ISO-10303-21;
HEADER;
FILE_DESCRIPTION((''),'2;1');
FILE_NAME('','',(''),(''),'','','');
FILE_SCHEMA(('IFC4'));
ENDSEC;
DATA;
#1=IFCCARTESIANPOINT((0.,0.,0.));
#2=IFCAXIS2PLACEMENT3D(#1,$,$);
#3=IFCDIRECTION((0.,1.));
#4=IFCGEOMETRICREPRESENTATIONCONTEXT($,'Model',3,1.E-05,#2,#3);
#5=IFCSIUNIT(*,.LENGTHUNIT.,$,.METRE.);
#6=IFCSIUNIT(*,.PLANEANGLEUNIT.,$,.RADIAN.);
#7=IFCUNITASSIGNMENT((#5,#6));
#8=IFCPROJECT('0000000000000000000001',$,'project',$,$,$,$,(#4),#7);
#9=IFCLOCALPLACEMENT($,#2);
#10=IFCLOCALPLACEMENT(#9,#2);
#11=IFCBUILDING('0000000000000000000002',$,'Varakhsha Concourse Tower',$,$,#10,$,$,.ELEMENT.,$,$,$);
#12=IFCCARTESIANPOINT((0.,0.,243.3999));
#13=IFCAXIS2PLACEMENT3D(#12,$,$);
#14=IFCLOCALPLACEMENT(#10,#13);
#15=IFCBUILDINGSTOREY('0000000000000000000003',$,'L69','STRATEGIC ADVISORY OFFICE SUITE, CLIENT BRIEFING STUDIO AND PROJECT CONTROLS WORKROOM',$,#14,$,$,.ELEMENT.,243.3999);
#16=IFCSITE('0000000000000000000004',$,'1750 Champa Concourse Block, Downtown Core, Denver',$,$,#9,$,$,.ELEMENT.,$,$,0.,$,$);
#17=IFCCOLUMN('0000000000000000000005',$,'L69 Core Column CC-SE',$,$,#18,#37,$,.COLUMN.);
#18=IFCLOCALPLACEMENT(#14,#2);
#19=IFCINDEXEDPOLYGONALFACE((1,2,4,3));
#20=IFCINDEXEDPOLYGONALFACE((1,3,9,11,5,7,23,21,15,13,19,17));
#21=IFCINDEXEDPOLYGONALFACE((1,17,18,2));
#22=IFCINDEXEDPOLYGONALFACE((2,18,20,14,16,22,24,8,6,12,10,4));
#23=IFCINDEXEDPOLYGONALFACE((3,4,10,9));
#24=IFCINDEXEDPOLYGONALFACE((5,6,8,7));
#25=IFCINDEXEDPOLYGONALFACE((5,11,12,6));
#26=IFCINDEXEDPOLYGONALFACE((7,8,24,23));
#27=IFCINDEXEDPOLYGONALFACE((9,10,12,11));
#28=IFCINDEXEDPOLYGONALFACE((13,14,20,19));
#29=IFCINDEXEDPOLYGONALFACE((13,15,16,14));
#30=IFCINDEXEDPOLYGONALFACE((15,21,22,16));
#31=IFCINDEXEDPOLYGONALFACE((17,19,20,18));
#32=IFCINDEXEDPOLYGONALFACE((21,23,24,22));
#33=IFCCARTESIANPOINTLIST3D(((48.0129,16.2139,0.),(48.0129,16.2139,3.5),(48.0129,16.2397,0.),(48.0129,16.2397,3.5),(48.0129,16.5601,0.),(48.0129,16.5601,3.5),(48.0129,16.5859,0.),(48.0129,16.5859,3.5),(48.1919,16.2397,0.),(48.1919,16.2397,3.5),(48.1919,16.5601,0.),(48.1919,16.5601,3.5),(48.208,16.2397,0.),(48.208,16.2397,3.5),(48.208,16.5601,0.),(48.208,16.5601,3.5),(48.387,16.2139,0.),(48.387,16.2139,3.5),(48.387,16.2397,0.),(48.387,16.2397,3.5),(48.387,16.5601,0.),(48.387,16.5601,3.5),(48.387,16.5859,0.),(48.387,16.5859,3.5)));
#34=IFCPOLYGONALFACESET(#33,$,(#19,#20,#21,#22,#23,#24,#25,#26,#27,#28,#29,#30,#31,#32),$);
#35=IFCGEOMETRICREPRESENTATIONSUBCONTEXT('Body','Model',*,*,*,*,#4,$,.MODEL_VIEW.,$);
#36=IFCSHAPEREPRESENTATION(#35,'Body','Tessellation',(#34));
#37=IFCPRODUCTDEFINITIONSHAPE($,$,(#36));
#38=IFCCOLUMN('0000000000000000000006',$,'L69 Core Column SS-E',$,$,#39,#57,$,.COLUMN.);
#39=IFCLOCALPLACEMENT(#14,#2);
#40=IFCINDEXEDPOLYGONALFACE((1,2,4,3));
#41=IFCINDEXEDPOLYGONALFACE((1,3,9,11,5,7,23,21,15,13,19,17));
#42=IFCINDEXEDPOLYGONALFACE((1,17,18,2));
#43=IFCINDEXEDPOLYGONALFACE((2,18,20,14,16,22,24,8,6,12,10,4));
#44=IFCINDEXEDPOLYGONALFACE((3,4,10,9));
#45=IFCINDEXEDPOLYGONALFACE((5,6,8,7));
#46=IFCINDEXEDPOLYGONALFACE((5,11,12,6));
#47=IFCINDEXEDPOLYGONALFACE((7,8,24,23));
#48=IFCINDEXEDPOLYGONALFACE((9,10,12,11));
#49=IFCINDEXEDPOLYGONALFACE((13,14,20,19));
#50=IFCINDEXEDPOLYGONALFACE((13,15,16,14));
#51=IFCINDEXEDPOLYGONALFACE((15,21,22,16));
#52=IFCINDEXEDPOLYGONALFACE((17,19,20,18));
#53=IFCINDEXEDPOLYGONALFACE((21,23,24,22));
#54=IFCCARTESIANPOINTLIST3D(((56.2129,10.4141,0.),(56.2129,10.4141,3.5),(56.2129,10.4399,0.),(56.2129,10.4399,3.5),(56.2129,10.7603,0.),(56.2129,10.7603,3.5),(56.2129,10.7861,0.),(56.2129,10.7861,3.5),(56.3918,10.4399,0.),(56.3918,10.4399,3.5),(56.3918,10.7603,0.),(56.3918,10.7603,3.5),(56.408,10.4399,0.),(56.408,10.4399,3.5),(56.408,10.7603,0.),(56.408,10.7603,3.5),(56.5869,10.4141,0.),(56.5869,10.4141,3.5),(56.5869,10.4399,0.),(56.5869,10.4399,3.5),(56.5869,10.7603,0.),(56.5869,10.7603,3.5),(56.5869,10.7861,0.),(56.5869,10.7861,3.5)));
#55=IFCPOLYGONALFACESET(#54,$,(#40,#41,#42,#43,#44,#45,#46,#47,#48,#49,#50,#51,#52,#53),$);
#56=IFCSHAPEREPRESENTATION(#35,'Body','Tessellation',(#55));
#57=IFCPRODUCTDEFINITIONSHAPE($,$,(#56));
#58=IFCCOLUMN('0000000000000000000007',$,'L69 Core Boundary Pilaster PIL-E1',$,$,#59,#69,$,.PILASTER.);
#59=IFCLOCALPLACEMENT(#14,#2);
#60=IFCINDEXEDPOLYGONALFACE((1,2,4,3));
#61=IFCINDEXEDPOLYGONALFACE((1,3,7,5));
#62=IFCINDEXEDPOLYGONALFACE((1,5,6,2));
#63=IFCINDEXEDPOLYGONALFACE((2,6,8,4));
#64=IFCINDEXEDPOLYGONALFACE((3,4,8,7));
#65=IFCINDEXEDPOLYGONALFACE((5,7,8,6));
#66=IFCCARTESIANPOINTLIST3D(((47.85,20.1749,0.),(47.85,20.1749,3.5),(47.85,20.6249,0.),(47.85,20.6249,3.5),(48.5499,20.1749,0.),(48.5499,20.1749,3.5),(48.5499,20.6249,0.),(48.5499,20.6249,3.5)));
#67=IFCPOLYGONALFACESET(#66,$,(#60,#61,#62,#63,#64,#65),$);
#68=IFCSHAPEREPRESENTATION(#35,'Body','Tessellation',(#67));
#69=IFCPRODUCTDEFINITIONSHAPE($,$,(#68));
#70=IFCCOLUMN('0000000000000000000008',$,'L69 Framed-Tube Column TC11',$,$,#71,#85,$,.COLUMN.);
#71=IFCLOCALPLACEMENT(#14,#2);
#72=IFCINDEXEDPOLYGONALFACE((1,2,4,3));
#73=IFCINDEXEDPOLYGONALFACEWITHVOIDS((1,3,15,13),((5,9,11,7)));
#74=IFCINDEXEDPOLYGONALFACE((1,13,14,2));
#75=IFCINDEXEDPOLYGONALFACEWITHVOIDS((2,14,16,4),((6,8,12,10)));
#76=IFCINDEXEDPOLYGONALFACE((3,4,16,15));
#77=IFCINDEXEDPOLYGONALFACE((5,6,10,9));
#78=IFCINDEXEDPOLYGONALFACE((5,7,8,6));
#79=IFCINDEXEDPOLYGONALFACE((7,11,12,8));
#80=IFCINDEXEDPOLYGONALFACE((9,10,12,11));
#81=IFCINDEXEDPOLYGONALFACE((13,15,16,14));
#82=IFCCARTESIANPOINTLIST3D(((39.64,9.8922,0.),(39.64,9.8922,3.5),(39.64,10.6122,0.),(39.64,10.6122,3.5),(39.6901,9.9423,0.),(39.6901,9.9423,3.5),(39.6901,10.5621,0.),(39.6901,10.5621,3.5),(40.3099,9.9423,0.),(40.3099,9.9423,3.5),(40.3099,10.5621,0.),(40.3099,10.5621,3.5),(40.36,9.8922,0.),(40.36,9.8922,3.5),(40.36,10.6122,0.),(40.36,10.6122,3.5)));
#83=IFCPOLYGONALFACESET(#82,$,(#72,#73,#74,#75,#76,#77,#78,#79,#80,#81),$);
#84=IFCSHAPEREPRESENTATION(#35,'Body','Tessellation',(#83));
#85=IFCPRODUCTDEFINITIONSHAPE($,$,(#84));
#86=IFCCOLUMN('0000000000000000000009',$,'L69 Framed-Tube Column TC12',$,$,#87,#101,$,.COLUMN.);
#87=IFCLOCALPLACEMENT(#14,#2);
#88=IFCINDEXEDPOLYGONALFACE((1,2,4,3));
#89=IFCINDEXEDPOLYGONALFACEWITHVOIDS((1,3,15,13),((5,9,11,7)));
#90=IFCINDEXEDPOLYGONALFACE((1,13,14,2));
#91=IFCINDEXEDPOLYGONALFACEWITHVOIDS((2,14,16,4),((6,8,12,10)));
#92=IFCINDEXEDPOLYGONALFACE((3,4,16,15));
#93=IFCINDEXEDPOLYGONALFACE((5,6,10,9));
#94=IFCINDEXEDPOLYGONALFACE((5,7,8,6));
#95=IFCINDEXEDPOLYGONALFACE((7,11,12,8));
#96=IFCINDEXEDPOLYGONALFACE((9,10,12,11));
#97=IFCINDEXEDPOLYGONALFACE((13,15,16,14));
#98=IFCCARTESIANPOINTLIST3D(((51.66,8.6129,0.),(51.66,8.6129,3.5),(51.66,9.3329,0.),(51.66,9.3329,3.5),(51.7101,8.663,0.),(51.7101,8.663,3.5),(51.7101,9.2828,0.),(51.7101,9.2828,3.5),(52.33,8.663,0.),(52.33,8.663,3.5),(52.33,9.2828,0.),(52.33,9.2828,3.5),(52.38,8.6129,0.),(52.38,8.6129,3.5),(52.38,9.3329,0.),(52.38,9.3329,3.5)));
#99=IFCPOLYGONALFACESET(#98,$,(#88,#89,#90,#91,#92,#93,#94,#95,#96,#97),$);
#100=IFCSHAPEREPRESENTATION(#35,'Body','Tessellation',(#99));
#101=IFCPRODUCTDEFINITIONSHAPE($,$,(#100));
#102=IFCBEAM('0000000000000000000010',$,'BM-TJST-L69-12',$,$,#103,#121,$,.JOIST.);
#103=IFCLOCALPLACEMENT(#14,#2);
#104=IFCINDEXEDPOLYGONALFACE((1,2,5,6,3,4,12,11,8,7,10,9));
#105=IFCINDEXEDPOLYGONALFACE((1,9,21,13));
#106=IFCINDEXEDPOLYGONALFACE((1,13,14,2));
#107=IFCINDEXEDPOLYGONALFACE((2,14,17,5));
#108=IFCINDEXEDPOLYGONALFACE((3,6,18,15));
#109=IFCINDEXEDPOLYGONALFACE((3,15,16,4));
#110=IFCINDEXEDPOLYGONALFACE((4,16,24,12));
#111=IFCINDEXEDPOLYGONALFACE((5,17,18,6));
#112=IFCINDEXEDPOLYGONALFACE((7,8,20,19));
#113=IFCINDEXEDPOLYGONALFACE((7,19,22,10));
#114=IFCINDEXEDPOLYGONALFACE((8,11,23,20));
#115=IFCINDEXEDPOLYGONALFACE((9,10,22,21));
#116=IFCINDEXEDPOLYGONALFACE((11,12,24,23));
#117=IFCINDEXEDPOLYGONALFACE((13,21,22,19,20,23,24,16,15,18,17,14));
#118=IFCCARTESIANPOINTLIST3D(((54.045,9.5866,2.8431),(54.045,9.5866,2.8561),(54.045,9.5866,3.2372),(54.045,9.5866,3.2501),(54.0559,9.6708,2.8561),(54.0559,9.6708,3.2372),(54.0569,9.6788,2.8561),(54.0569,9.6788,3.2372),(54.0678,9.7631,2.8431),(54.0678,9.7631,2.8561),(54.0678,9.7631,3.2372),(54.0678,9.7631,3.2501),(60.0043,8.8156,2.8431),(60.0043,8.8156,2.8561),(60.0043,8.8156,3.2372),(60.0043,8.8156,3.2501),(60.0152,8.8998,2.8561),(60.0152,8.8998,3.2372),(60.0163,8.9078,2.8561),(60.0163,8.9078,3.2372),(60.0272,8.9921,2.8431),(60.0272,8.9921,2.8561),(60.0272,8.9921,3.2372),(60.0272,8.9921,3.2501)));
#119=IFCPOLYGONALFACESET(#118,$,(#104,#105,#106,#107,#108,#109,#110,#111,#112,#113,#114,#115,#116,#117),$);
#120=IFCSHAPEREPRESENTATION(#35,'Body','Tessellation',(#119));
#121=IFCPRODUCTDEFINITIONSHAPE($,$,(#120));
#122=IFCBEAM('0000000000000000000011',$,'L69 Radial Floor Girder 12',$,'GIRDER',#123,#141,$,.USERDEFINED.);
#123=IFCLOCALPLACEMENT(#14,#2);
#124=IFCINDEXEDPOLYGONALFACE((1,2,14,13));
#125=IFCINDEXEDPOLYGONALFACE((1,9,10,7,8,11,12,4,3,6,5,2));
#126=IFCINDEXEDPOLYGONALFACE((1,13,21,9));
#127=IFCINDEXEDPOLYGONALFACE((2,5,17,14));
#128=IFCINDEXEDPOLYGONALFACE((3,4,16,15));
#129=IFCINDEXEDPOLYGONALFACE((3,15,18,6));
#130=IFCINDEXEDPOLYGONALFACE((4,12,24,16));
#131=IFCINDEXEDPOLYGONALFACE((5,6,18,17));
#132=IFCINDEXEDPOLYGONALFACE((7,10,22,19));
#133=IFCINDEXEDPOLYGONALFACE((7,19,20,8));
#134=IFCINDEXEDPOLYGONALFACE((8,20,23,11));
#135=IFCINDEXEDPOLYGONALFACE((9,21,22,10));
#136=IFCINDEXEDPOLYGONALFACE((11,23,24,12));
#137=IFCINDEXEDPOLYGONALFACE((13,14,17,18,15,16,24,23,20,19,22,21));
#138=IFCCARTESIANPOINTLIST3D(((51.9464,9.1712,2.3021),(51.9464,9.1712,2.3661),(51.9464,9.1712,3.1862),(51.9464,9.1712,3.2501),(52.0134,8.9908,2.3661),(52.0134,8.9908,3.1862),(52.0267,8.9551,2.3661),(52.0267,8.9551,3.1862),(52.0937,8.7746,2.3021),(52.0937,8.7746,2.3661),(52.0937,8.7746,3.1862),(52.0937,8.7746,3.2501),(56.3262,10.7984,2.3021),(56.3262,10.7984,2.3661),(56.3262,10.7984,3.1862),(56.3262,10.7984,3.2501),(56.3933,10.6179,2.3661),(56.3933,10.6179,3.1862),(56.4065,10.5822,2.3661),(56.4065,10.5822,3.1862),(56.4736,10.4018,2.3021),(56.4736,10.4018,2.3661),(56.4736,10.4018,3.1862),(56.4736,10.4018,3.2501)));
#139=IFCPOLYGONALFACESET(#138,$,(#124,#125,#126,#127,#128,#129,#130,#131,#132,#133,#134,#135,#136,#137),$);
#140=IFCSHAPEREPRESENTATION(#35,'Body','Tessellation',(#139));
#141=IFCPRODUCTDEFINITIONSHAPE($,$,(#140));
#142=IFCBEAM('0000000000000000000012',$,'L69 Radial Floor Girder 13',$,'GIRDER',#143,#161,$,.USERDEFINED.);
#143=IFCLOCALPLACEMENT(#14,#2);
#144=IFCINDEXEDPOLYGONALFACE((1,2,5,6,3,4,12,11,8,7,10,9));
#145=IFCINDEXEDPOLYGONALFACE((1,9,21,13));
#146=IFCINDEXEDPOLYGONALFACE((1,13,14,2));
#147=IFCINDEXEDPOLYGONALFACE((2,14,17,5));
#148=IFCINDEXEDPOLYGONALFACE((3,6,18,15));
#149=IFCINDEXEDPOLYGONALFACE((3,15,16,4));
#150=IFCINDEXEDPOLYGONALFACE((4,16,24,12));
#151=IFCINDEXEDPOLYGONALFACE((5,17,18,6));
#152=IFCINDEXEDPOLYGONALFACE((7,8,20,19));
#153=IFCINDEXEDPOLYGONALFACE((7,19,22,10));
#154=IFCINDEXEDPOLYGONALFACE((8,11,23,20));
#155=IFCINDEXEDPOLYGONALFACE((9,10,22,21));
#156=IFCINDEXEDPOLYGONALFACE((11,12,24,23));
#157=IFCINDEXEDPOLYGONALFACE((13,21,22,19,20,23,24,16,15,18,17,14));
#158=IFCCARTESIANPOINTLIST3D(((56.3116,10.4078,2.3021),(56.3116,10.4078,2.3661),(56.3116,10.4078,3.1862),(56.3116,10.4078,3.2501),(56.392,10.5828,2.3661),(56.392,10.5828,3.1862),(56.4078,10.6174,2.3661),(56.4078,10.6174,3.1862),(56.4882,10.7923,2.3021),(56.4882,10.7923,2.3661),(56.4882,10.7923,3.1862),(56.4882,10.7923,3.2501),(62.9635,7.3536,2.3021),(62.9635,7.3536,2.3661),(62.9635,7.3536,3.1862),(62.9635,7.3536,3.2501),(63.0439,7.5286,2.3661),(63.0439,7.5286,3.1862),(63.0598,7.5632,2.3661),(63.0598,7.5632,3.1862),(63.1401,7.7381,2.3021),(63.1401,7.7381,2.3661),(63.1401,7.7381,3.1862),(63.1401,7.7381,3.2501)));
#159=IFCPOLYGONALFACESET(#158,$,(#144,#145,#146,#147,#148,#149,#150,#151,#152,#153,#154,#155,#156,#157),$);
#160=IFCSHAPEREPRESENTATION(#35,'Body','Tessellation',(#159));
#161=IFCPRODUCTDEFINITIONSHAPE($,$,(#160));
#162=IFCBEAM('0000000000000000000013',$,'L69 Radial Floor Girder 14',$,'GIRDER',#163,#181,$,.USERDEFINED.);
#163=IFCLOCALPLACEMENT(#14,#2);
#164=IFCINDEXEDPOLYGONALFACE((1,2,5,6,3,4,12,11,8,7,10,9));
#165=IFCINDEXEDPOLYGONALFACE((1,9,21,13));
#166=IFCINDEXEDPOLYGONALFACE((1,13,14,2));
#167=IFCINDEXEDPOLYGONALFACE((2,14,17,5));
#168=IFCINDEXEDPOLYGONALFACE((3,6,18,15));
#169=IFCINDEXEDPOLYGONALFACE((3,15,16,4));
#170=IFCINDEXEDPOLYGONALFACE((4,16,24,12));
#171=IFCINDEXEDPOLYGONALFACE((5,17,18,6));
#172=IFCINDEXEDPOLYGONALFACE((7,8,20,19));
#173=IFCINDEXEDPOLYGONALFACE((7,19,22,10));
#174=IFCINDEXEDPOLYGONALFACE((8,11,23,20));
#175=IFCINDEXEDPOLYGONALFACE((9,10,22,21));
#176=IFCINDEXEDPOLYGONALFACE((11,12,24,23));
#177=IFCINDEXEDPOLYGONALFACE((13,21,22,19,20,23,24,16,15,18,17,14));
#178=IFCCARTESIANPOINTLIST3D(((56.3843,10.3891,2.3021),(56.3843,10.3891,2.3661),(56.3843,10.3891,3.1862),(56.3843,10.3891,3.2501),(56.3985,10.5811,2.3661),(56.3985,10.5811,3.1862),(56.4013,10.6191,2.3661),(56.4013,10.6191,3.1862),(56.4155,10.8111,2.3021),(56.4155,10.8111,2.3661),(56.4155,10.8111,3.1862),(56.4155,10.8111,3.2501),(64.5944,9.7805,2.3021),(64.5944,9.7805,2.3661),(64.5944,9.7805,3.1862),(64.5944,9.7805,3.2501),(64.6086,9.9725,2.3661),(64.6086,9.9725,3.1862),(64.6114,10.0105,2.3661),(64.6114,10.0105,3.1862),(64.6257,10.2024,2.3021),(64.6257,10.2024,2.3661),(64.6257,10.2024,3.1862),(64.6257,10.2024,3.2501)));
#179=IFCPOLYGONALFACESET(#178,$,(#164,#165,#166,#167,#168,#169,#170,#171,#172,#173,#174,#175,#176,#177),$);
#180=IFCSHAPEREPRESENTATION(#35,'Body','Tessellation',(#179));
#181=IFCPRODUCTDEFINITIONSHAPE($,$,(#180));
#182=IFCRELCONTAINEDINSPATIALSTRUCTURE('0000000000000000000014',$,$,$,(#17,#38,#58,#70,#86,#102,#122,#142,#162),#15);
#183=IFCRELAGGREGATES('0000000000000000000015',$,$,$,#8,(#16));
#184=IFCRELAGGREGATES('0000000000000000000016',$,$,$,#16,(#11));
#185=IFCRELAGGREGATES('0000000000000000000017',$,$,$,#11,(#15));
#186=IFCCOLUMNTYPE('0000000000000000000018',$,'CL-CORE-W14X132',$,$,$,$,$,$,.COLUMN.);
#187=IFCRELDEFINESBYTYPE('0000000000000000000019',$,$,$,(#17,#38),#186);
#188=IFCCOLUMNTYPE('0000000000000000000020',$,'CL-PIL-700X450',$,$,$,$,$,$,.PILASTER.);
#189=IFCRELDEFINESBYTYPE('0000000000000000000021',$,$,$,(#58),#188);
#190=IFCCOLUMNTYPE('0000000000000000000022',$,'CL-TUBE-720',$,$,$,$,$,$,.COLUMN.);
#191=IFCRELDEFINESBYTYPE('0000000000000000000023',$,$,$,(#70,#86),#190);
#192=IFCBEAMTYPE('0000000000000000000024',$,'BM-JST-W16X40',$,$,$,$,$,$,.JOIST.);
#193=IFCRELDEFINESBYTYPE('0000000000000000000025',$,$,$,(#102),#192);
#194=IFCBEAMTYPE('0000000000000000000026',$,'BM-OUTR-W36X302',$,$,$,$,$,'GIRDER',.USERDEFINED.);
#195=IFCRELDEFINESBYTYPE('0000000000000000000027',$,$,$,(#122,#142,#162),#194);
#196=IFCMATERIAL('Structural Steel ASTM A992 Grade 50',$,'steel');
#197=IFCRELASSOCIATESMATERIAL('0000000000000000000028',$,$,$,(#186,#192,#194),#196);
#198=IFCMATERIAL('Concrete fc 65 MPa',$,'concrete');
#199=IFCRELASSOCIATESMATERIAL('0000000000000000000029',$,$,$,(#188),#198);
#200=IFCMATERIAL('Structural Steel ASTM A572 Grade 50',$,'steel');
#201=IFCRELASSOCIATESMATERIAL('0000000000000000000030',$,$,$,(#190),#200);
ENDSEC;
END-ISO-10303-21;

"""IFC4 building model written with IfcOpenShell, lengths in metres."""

from ifc_helpers import new_model, si_unit, direction, frame, origin, origin_2d, place, context, subcontext, project, spatial, rectangle, hollow_rectangle, i_section, extrude, material, material_profile, profile_set, type_object, element, save


model = new_model("IFC4")

# Units and contexts
model_context = context("Model", 3, precision=1e-05, world=origin(), true_north=direction((0.0, 1.0)))
body_context = subcontext(model_context, "Body", "Model", "MODEL_VIEW")
ifc_project = project(units=[si_unit("LENGTHUNIT", "METRE"), si_unit("PLANEANGLEUNIT", "RADIAN")], contexts=[model_context])

# Site, building, storey
site_placement = place(None, origin())
site = spatial("IfcSite", under=ifc_project, at=site_placement, Name="1750 Champa Concourse Block, Downtown Core, Denver", CompositionType="ELEMENT", RefElevation=0.0)
building_placement = place(site_placement, origin())
building = spatial("IfcBuilding", under=site, at=building_placement, Name="Varakhsha Concourse Tower", CompositionType="ELEMENT")
storey_placement = place(building_placement, frame((0.0, 0.0, 243.3999)))
storey = spatial("IfcBuildingStorey", under=building, at=storey_placement, Name="L69", Description="STRATEGIC ADVISORY OFFICE SUITE, CLIENT BRIEFING STUDIO AND PROJECT CONTROLS WORKROOM", CompositionType="ELEMENT", Elevation=243.3999)

# Columns
ifc_material_1 = material(Name="Structural Steel ASTM A992 Grade 50", Category="steel")
ifc_material_profile_1 = material_profile(ifc_material_1, i_section(OverallWidth=0.374, OverallDepth=0.3721, WebThickness=0.0161, FlangeThickness=0.0259, at=origin_2d()), Name="W14X132")
ifc_profile_set_1 = profile_set([ifc_material_profile_1], Name="Structural Steel ASTM A992 Grade 50")
column_type_1 = type_object("IfcColumnType", Name="CL-CORE-W14X132", PredefinedType="COLUMN", material=ifc_profile_set_1)
for number, where, z_axis, x_axis, name in (
    (1, (48.2, 16.3999, 0.0), (0.0, 0.0, 1.0), (1.0, 0.0, 0.0), "L69 Core Column CC-SE"),
    (2, (56.3999, 10.6001, 0.0), (0.0, 0.0, 1.0), (1.0, 0.0, 0.0), "L69 Core Column SS-E"),
):
    element("IfcColumn", number, at=place(storey_placement, frame(where, z_axis=z_axis, x_axis=x_axis)), inside=storey, type_object=column_type_1, Name=name, PredefinedType="COLUMN", context=body_context, shape_type="SweptSolid", body=[
        extrude(i_section(OverallWidth=0.374, OverallDepth=0.3721, WebThickness=0.0161, FlangeThickness=0.0259, at=origin_2d()), origin(), (0.0, 0.0, 1.0), 3.5),
    ])
ifc_material_2 = material(Name="Concrete fc 65 MPa", Category="concrete")
ifc_material_profile_2 = material_profile(ifc_material_2, rectangle(XDim=0.7, YDim=0.45, at=origin_2d()), Name="RC 700x450")
ifc_profile_set_2 = profile_set([ifc_material_profile_2], Name="Concrete fc 65 MPa")
column_type_2 = type_object("IfcColumnType", Name="CL-PIL-700X450", PredefinedType="PILASTER", material=ifc_profile_set_2)
column_placement = place(storey_placement, frame((48.2, 20.3999, 0.0), z_axis=(0.0, 0.0, 1.0), x_axis=(1.0, 0.0, 0.0)))
element("IfcColumn", 3, at=column_placement, inside=storey, type_object=column_type_2, Name="L69 Core Boundary Pilaster PIL-E1", PredefinedType="PILASTER", context=body_context, shape_type="SweptSolid", body=[
    extrude(rectangle(XDim=0.7, YDim=0.45, at=origin_2d()), origin(), (0.0, 0.0, 1.0), 3.5),
])
ifc_material_3 = material(Name="Structural Steel ASTM A572 Grade 50", Category="steel")
ifc_material_profile_3 = material_profile(ifc_material_3, hollow_rectangle(XDim=0.72, YDim=0.72, WallThickness=0.05, at=origin_2d()), Name="BOX 720x720x50")
ifc_profile_set_3 = profile_set([ifc_material_profile_3], Name="Structural Steel ASTM A572 Grade 50")
column_type_3 = type_object("IfcColumnType", Name="CL-TUBE-720", PredefinedType="COLUMN", material=ifc_profile_set_3)
for number, where, z_axis, x_axis, name in (
    (4, (40.0, 10.2522, 0.0), (0.0, 0.0, 1.0), (1.0, 0.0, 0.0), "L69 Framed-Tube Column TC11"),
    (5, (52.02, 8.9729, 0.0), (0.0, 0.0, 1.0), (1.0, 0.0, 0.0), "L69 Framed-Tube Column TC12"),
):
    element("IfcColumn", number, at=place(storey_placement, frame(where, z_axis=z_axis, x_axis=x_axis)), inside=storey, type_object=column_type_3, Name=name, PredefinedType="COLUMN", context=body_context, shape_type="SweptSolid", body=[
        extrude(hollow_rectangle(XDim=0.72, YDim=0.72, WallThickness=0.05, at=origin_2d()), origin(), (0.0, 0.0, 1.0), 3.5),
    ])

# Beams
ifc_material_profile_4 = material_profile(ifc_material_1, i_section(OverallWidth=0.178, OverallDepth=0.407, WebThickness=0.0081, FlangeThickness=0.0129, at=origin_2d()), Name="W16X40")
ifc_profile_set_4 = profile_set([ifc_material_profile_4], Name="Structural Steel ASTM A992 Grade 50")
beam_type_1 = type_object("IfcBeamType", Name="BM-JST-W16X40", PredefinedType="JOIST", material=ifc_profile_set_4)
beam_1_placement = place(storey_placement, frame((54.0564, 9.6748, 3.0466), z_axis=(0.991735, -0.128304, 0.0), x_axis=(0.128304, 0.991735, 0.0)))
element("IfcBeam", 6, at=beam_1_placement, inside=storey, type_object=beam_type_1, Name="BM-TJST-L69-12", PredefinedType="JOIST", context=body_context, shape_type="SweptSolid", body=[
    extrude(i_section(OverallWidth=0.178, OverallDepth=0.407, WebThickness=0.0081, FlangeThickness=0.0129, at=origin_2d()), origin(), (0.0, 0.0, 1.0), 6.009),
])
ifc_material_profile_5 = material_profile(ifc_material_1, i_section(OverallWidth=0.4231, OverallDepth=0.948, WebThickness=0.0381, FlangeThickness=0.064, at=origin_2d()), Name="W36X302")
ifc_profile_set_5 = profile_set([ifc_material_profile_5], Name="Structural Steel ASTM A992 Grade 50")
beam_type_2 = type_object("IfcBeamType", Name="BM-OUTR-W36X302", ElementType="GIRDER", PredefinedType="USERDEFINED", material=ifc_profile_set_5)
beam_2_placement = place(storey_placement, frame((56.3999, 10.6001, 2.7761), z_axis=(-0.937398, -0.348259, 0.0), x_axis=(0.348259, -0.937398, 0.0)))
element("IfcBeam", 7, at=beam_2_placement, inside=storey, type_object=beam_type_2, Name="L69 Radial Floor Girder 12", ObjectType="GIRDER", PredefinedType="USERDEFINED", context=body_context, shape_type="SweptSolid", body=[
    extrude(i_section(OverallWidth=0.4231, OverallDepth=0.948, WebThickness=0.0381, FlangeThickness=0.064, at=origin_2d()), origin(), (0.0, 0.0, 1.0), 4.6724),
])
beam_3_placement = place(storey_placement, frame((56.3999, 10.6001, 2.7761), z_axis=(0.908784, -0.417268, 0.0), x_axis=(0.417268, 0.908784, 0.0)))
element("IfcBeam", 8, at=beam_3_placement, inside=storey, type_object=beam_type_2, Name="L69 Radial Floor Girder 13", ObjectType="GIRDER", PredefinedType="USERDEFINED", context=body_context, shape_type="SweptSolid", body=[
    extrude(i_section(OverallWidth=0.4231, OverallDepth=0.948, WebThickness=0.0381, FlangeThickness=0.064, at=origin_2d()), origin(), (0.0, 0.0, 1.0), 7.3196),
])
beam_4_placement = place(storey_placement, frame((56.3999, 10.6001, 2.7761), z_axis=(0.997263, -0.07393, 0.0), x_axis=(0.07393, 0.997263, 0.0)))
element("IfcBeam", 9, at=beam_4_placement, inside=storey, type_object=beam_type_2, Name="L69 Radial Floor Girder 14", ObjectType="GIRDER", PredefinedType="USERDEFINED", context=body_context, shape_type="SweptSolid", body=[
    extrude(i_section(OverallWidth=0.4231, OverallDepth=0.948, WebThickness=0.0381, FlangeThickness=0.064, at=origin_2d()), origin(), (0.0, 0.0, 1.0), 8.2327),
])

save(model, "model.ifc")
